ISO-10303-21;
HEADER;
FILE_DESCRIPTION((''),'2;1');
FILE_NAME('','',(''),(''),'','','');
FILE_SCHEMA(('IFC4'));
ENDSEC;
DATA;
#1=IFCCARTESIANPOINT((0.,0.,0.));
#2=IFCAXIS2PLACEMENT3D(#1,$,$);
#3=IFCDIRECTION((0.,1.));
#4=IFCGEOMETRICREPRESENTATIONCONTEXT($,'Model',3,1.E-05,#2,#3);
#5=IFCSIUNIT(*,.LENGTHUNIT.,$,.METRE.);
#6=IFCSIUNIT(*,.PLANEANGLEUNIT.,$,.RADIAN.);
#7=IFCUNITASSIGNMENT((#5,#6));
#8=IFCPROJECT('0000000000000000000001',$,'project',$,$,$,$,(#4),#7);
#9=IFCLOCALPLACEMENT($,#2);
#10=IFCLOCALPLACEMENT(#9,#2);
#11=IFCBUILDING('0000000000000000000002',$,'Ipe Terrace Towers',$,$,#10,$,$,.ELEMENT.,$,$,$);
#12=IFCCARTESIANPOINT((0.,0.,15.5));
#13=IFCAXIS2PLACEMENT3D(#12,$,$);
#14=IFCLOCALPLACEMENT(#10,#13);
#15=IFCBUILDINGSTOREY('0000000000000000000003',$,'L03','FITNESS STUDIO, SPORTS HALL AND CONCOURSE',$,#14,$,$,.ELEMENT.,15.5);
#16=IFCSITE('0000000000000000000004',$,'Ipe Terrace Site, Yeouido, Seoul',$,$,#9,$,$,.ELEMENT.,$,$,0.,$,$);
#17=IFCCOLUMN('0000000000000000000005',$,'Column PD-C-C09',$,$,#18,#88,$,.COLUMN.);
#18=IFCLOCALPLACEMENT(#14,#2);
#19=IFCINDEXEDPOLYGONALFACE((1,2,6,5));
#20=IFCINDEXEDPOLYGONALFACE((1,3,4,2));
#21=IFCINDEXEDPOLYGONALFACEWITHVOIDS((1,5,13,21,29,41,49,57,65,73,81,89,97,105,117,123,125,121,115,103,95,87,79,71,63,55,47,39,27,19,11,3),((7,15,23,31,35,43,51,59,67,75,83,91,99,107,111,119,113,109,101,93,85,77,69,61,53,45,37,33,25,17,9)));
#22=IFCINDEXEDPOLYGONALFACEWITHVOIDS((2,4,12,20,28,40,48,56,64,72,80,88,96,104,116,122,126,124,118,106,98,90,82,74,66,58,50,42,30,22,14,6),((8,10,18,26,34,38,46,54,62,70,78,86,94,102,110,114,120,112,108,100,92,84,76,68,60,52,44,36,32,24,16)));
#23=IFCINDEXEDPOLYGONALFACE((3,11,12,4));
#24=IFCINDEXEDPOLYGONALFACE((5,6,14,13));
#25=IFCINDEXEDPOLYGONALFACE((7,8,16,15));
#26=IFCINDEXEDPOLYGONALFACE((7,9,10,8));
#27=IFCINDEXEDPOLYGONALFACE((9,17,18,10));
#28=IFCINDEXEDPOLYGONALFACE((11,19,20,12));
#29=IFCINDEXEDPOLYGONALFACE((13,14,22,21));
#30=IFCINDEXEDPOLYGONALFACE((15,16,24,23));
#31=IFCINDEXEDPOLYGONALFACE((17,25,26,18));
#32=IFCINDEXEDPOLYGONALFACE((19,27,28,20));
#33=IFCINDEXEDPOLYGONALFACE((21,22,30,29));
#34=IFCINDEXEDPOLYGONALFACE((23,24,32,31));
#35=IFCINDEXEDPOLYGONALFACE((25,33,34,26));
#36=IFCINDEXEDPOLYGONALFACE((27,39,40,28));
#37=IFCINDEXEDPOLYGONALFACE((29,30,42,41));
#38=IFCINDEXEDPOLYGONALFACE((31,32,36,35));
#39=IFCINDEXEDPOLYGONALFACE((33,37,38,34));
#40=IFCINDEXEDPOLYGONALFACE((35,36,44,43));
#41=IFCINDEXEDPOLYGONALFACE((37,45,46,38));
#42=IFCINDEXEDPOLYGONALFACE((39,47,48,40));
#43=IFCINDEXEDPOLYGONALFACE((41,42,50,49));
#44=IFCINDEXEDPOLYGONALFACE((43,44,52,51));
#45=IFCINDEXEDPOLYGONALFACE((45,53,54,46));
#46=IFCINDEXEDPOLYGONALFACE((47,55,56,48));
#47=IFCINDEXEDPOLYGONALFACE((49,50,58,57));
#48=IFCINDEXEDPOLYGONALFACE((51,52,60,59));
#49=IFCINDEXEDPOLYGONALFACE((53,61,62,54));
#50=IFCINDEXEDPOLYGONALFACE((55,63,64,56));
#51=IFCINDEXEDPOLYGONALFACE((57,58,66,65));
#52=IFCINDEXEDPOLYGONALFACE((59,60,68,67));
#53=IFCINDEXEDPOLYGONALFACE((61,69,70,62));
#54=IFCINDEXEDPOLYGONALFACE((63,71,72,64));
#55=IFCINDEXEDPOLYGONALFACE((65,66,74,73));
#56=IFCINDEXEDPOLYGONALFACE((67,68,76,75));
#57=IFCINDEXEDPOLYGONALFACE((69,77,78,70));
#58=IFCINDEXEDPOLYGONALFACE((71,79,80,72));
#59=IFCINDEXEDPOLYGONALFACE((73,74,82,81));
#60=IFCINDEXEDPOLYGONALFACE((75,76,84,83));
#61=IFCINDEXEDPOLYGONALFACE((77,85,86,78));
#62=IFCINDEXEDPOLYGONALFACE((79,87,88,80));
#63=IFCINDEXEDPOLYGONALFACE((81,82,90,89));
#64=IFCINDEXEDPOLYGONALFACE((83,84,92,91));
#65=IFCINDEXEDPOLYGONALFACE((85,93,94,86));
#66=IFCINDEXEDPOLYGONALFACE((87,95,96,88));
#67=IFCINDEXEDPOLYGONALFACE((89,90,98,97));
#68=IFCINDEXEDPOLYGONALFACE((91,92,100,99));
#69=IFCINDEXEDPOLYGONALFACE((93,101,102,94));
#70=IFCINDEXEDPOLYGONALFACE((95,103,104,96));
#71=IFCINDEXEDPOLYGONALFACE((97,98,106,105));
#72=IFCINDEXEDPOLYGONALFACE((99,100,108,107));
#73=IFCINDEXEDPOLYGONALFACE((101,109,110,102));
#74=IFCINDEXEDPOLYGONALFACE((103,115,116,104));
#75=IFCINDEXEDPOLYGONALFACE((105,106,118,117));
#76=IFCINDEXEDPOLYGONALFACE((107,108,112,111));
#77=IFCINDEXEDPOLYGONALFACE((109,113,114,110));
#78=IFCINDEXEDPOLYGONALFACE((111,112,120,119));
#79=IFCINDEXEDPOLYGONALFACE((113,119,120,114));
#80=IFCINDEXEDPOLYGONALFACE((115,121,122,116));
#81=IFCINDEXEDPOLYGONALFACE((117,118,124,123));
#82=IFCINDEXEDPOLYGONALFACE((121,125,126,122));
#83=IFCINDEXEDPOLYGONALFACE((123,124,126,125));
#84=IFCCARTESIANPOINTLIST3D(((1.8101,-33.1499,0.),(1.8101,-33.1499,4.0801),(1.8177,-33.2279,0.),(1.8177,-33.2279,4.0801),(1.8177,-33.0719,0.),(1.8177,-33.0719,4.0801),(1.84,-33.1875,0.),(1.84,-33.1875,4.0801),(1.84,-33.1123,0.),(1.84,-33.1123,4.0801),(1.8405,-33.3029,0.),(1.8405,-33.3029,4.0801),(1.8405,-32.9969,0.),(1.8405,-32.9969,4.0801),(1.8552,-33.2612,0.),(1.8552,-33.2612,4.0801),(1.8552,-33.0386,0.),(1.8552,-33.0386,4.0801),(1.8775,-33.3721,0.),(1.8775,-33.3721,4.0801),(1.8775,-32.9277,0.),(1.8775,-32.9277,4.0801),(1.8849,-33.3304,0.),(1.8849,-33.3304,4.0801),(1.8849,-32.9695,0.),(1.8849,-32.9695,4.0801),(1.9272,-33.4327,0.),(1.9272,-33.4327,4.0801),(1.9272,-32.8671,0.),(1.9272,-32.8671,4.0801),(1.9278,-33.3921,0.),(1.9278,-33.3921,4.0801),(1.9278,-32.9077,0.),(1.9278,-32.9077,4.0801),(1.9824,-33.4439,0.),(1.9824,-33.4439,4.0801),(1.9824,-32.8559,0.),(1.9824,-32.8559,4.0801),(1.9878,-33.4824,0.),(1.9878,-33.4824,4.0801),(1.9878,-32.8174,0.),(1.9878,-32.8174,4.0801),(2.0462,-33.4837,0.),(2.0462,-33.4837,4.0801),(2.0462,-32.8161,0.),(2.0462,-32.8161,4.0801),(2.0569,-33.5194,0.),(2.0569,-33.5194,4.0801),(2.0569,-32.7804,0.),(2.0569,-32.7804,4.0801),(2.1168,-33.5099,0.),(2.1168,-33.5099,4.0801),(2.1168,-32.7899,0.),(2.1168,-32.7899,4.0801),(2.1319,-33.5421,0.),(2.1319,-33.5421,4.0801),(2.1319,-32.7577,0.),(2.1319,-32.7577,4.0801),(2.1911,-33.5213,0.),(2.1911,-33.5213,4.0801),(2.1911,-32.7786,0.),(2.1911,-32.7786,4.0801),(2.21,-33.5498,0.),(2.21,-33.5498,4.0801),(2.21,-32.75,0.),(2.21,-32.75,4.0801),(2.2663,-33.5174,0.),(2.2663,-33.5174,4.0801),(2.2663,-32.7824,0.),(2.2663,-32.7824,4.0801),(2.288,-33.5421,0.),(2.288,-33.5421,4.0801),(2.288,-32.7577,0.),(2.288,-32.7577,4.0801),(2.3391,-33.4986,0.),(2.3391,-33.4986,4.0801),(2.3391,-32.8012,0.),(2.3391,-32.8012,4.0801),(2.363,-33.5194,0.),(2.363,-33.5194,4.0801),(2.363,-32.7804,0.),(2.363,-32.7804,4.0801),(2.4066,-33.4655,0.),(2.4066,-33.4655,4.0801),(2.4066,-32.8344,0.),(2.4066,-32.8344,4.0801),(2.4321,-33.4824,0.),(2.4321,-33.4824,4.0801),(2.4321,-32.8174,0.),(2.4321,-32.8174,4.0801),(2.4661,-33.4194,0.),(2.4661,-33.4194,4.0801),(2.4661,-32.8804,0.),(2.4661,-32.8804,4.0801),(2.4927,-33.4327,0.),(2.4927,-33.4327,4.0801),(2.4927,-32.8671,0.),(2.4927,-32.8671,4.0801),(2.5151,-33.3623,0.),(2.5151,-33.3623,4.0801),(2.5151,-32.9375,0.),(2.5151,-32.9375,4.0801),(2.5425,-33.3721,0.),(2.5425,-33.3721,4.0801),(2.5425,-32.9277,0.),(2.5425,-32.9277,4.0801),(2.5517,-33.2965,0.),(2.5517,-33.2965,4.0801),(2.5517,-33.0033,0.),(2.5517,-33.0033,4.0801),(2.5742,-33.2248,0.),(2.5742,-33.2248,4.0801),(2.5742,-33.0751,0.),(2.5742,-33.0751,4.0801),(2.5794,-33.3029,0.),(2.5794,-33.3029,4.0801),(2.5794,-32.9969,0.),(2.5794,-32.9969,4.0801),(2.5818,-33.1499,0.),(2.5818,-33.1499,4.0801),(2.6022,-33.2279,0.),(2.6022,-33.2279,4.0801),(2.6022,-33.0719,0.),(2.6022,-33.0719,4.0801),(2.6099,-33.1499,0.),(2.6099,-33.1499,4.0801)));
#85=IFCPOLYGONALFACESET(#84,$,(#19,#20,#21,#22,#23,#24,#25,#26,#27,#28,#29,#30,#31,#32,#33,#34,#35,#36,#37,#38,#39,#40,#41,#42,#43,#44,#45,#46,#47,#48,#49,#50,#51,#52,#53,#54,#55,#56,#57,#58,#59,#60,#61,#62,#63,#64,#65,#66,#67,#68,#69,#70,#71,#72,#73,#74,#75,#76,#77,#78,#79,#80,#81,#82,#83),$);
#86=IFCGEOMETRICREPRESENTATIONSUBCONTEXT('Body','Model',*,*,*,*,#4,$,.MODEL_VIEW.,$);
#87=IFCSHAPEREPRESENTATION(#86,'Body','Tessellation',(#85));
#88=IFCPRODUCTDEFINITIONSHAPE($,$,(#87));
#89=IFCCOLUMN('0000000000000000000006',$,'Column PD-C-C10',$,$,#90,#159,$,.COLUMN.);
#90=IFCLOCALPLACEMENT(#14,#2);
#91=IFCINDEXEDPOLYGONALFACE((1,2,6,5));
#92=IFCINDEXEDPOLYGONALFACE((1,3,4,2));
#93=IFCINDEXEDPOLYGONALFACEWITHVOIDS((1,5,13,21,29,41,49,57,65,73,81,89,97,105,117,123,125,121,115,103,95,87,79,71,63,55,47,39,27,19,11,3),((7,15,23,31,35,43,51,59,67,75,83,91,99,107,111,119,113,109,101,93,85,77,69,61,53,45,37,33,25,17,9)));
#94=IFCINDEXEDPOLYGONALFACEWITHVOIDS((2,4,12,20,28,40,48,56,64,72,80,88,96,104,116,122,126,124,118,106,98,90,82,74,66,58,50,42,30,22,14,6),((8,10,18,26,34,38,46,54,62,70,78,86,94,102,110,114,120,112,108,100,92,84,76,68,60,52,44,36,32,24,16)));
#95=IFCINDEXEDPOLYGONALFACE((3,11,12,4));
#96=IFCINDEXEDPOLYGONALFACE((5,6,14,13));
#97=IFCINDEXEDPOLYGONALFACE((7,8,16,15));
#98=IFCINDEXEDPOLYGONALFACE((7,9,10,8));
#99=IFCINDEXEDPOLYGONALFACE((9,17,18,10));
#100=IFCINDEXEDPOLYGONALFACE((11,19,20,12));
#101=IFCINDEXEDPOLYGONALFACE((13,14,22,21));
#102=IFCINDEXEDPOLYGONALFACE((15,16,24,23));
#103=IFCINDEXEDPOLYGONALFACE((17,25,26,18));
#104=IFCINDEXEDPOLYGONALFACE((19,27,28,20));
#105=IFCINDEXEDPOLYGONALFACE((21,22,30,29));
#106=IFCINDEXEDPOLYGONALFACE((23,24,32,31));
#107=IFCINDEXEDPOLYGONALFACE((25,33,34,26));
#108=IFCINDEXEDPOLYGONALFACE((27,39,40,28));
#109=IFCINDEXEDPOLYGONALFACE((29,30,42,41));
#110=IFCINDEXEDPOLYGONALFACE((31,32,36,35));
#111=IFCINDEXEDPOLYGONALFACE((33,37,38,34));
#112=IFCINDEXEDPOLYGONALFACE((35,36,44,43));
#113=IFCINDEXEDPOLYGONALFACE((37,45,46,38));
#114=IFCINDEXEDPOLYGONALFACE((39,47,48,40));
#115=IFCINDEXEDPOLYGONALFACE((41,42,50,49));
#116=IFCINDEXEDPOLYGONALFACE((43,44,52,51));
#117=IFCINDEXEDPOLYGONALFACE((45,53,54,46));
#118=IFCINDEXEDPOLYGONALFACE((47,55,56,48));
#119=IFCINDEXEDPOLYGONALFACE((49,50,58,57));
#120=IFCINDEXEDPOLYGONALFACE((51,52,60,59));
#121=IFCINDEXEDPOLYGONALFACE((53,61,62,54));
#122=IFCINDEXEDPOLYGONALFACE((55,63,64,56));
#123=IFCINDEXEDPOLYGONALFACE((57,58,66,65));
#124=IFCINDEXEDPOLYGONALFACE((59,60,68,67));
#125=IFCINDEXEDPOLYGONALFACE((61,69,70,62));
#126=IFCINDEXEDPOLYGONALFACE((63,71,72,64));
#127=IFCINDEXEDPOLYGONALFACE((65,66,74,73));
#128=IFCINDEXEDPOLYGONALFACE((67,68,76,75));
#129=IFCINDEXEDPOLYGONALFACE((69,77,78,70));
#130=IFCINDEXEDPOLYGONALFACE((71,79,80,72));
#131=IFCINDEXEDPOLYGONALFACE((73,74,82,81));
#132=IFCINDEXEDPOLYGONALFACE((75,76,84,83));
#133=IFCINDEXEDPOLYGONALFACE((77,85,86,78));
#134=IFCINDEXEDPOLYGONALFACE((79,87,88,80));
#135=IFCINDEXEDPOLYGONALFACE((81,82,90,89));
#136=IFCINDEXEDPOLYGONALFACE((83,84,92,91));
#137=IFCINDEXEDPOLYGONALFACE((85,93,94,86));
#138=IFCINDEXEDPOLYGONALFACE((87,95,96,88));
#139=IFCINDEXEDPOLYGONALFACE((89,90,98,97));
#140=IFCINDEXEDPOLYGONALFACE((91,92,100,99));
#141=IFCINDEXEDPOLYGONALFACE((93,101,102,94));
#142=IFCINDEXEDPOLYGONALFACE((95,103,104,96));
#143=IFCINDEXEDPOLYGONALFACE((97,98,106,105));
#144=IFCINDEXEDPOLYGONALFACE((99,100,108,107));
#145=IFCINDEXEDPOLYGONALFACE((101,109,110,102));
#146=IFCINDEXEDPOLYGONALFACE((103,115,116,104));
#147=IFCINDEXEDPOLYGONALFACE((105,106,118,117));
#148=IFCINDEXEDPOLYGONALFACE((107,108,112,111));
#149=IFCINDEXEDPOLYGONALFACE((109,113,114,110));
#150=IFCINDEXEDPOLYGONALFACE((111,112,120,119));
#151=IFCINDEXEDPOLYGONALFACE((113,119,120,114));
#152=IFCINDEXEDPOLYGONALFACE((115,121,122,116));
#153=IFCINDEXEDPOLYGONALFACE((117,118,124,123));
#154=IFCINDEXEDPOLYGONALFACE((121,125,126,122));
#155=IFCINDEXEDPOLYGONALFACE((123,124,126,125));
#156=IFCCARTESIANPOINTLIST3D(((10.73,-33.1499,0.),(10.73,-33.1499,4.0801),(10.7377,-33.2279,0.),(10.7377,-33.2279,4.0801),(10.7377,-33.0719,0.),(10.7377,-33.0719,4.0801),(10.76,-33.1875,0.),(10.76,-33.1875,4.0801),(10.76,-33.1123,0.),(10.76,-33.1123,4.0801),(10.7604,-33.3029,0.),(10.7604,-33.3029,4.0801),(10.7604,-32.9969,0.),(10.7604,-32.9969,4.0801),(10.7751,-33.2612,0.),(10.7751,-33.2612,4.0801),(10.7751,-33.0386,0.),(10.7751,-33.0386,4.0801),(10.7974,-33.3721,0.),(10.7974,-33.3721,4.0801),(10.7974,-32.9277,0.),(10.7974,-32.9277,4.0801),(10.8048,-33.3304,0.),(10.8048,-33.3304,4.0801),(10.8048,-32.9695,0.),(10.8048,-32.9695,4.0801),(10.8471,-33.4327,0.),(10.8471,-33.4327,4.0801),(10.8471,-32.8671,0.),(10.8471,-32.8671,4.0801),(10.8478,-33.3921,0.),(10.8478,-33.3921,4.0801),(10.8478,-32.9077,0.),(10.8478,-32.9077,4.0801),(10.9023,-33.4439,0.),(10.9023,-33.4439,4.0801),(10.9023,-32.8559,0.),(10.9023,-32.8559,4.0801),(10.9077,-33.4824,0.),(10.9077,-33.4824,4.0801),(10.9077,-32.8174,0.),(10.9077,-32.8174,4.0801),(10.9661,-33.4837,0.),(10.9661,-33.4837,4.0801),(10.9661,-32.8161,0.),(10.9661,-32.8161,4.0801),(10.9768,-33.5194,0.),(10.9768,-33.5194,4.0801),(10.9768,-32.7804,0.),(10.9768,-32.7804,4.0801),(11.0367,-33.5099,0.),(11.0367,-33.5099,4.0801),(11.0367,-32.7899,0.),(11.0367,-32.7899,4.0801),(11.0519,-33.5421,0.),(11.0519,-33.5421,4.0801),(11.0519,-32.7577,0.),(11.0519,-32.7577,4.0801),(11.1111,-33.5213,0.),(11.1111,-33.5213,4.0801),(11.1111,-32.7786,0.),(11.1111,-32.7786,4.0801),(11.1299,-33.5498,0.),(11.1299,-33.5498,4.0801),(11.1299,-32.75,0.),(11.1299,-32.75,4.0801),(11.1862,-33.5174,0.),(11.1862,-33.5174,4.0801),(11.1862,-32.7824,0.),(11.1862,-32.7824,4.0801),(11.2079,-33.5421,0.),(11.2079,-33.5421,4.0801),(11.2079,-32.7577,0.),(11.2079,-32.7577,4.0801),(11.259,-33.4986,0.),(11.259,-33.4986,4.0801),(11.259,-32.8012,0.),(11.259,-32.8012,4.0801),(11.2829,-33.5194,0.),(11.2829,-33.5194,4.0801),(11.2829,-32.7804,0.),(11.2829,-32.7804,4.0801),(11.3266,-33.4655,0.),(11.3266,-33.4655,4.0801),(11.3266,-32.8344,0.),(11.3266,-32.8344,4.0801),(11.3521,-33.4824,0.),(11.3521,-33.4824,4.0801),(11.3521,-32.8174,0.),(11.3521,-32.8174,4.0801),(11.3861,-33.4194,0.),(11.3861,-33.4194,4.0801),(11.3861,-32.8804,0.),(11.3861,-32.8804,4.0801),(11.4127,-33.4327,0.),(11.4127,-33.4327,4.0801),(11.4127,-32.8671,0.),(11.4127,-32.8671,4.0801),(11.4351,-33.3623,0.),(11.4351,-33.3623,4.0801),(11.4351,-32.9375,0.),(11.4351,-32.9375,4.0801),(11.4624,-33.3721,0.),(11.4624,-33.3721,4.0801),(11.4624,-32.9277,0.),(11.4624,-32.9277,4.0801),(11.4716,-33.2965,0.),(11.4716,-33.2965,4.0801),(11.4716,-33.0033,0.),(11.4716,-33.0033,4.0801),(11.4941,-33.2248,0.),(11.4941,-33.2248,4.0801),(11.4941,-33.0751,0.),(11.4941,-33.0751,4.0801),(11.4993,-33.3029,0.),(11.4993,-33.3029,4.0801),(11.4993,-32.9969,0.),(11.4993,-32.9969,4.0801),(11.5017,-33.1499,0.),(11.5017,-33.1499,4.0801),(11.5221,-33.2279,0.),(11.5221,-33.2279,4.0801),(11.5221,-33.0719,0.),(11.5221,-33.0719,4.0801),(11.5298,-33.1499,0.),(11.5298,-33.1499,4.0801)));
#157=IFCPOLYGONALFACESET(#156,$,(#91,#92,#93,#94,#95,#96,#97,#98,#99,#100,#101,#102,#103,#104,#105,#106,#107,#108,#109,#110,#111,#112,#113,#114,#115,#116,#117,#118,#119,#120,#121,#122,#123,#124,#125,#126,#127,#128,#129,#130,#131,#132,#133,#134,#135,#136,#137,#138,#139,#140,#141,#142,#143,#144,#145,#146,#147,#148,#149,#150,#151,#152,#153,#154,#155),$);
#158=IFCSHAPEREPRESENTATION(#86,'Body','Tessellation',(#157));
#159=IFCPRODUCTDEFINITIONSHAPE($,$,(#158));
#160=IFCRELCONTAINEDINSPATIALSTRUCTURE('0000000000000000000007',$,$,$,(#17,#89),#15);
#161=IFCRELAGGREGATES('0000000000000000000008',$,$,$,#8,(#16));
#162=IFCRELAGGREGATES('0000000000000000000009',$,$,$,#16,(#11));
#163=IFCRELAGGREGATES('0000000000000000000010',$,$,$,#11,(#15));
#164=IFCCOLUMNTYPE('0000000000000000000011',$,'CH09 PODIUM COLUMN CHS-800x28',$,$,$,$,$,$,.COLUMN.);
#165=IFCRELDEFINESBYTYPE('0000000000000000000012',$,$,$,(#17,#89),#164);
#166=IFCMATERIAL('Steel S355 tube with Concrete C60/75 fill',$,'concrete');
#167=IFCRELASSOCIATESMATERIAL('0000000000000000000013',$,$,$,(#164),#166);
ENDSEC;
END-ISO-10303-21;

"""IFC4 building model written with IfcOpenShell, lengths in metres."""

from ifc_helpers import new_model, si_unit, direction, frame, origin, origin_2d, place, context, subcontext, project, spatial, hollow_circle, extrude, material, material_profile, profile_set, type_object, element, save


model = new_model("IFC4")

# Units and contexts
model_context = context("Model", 3, precision=1e-05, world=origin(), true_north=direction((0.0, 1.0)))
body_context = subcontext(model_context, "Body", "Model", "MODEL_VIEW")
ifc_project = project(units=[si_unit("LENGTHUNIT", "METRE"), si_unit("PLANEANGLEUNIT", "RADIAN")], contexts=[model_context])

# Site, building, storey
site_placement = place(None, origin())
site = spatial("IfcSite", under=ifc_project, at=site_placement, Name="Ipe Terrace Site, Yeouido, Seoul", CompositionType="ELEMENT", RefElevation=0.0)
building_placement = place(site_placement, origin())
building = spatial("IfcBuilding", under=site, at=building_placement, Name="Ipe Terrace Towers", CompositionType="ELEMENT")
storey_placement = place(building_placement, frame((0.0, 0.0, 15.5)))
storey = spatial("IfcBuildingStorey", under=building, at=storey_placement, Name="L03", Description="FITNESS STUDIO, SPORTS HALL AND CONCOURSE", CompositionType="ELEMENT", Elevation=15.5)

# Columns
ifc_material_1 = material(Name="Steel S355 tube with Concrete C60/75 fill", Category="concrete")
ifc_material_profile_1 = material_profile(ifc_material_1, hollow_circle(Radius=0.3999, WallThickness=0.0281, at=origin_2d()), Name="CHS-800x28")
ifc_profile_set_1 = profile_set([ifc_material_profile_1], Name="Steel S355 tube with Concrete C60/75 fill")
column_type = type_object("IfcColumnType", Name="CH09 PODIUM COLUMN CHS-800x28", PredefinedType="COLUMN", material=ifc_profile_set_1)
for number, where, z_axis, x_axis, name in (
    (1, (2.21, -33.1499, 0.0), (0.0, 0.0, 1.0), (1.0, 0.0, 0.0), "Column PD-C-C09"),
    (2, (11.1299, -33.1499, 0.0), (0.0, 0.0, 1.0), (1.0, 0.0, 0.0), "Column PD-C-C10"),
):
    element("IfcColumn", number, at=place(storey_placement, frame(where, z_axis=z_axis, x_axis=x_axis)), inside=storey, type_object=column_type, Name=name, PredefinedType="COLUMN", context=body_context, shape_type="SweptSolid", body=[
        extrude(hollow_circle(Radius=0.3999, WallThickness=0.0281, at=origin_2d()), origin(), (0.0, 0.0, 1.0), 4.0801),
    ])

save(model, "model.ifc")
